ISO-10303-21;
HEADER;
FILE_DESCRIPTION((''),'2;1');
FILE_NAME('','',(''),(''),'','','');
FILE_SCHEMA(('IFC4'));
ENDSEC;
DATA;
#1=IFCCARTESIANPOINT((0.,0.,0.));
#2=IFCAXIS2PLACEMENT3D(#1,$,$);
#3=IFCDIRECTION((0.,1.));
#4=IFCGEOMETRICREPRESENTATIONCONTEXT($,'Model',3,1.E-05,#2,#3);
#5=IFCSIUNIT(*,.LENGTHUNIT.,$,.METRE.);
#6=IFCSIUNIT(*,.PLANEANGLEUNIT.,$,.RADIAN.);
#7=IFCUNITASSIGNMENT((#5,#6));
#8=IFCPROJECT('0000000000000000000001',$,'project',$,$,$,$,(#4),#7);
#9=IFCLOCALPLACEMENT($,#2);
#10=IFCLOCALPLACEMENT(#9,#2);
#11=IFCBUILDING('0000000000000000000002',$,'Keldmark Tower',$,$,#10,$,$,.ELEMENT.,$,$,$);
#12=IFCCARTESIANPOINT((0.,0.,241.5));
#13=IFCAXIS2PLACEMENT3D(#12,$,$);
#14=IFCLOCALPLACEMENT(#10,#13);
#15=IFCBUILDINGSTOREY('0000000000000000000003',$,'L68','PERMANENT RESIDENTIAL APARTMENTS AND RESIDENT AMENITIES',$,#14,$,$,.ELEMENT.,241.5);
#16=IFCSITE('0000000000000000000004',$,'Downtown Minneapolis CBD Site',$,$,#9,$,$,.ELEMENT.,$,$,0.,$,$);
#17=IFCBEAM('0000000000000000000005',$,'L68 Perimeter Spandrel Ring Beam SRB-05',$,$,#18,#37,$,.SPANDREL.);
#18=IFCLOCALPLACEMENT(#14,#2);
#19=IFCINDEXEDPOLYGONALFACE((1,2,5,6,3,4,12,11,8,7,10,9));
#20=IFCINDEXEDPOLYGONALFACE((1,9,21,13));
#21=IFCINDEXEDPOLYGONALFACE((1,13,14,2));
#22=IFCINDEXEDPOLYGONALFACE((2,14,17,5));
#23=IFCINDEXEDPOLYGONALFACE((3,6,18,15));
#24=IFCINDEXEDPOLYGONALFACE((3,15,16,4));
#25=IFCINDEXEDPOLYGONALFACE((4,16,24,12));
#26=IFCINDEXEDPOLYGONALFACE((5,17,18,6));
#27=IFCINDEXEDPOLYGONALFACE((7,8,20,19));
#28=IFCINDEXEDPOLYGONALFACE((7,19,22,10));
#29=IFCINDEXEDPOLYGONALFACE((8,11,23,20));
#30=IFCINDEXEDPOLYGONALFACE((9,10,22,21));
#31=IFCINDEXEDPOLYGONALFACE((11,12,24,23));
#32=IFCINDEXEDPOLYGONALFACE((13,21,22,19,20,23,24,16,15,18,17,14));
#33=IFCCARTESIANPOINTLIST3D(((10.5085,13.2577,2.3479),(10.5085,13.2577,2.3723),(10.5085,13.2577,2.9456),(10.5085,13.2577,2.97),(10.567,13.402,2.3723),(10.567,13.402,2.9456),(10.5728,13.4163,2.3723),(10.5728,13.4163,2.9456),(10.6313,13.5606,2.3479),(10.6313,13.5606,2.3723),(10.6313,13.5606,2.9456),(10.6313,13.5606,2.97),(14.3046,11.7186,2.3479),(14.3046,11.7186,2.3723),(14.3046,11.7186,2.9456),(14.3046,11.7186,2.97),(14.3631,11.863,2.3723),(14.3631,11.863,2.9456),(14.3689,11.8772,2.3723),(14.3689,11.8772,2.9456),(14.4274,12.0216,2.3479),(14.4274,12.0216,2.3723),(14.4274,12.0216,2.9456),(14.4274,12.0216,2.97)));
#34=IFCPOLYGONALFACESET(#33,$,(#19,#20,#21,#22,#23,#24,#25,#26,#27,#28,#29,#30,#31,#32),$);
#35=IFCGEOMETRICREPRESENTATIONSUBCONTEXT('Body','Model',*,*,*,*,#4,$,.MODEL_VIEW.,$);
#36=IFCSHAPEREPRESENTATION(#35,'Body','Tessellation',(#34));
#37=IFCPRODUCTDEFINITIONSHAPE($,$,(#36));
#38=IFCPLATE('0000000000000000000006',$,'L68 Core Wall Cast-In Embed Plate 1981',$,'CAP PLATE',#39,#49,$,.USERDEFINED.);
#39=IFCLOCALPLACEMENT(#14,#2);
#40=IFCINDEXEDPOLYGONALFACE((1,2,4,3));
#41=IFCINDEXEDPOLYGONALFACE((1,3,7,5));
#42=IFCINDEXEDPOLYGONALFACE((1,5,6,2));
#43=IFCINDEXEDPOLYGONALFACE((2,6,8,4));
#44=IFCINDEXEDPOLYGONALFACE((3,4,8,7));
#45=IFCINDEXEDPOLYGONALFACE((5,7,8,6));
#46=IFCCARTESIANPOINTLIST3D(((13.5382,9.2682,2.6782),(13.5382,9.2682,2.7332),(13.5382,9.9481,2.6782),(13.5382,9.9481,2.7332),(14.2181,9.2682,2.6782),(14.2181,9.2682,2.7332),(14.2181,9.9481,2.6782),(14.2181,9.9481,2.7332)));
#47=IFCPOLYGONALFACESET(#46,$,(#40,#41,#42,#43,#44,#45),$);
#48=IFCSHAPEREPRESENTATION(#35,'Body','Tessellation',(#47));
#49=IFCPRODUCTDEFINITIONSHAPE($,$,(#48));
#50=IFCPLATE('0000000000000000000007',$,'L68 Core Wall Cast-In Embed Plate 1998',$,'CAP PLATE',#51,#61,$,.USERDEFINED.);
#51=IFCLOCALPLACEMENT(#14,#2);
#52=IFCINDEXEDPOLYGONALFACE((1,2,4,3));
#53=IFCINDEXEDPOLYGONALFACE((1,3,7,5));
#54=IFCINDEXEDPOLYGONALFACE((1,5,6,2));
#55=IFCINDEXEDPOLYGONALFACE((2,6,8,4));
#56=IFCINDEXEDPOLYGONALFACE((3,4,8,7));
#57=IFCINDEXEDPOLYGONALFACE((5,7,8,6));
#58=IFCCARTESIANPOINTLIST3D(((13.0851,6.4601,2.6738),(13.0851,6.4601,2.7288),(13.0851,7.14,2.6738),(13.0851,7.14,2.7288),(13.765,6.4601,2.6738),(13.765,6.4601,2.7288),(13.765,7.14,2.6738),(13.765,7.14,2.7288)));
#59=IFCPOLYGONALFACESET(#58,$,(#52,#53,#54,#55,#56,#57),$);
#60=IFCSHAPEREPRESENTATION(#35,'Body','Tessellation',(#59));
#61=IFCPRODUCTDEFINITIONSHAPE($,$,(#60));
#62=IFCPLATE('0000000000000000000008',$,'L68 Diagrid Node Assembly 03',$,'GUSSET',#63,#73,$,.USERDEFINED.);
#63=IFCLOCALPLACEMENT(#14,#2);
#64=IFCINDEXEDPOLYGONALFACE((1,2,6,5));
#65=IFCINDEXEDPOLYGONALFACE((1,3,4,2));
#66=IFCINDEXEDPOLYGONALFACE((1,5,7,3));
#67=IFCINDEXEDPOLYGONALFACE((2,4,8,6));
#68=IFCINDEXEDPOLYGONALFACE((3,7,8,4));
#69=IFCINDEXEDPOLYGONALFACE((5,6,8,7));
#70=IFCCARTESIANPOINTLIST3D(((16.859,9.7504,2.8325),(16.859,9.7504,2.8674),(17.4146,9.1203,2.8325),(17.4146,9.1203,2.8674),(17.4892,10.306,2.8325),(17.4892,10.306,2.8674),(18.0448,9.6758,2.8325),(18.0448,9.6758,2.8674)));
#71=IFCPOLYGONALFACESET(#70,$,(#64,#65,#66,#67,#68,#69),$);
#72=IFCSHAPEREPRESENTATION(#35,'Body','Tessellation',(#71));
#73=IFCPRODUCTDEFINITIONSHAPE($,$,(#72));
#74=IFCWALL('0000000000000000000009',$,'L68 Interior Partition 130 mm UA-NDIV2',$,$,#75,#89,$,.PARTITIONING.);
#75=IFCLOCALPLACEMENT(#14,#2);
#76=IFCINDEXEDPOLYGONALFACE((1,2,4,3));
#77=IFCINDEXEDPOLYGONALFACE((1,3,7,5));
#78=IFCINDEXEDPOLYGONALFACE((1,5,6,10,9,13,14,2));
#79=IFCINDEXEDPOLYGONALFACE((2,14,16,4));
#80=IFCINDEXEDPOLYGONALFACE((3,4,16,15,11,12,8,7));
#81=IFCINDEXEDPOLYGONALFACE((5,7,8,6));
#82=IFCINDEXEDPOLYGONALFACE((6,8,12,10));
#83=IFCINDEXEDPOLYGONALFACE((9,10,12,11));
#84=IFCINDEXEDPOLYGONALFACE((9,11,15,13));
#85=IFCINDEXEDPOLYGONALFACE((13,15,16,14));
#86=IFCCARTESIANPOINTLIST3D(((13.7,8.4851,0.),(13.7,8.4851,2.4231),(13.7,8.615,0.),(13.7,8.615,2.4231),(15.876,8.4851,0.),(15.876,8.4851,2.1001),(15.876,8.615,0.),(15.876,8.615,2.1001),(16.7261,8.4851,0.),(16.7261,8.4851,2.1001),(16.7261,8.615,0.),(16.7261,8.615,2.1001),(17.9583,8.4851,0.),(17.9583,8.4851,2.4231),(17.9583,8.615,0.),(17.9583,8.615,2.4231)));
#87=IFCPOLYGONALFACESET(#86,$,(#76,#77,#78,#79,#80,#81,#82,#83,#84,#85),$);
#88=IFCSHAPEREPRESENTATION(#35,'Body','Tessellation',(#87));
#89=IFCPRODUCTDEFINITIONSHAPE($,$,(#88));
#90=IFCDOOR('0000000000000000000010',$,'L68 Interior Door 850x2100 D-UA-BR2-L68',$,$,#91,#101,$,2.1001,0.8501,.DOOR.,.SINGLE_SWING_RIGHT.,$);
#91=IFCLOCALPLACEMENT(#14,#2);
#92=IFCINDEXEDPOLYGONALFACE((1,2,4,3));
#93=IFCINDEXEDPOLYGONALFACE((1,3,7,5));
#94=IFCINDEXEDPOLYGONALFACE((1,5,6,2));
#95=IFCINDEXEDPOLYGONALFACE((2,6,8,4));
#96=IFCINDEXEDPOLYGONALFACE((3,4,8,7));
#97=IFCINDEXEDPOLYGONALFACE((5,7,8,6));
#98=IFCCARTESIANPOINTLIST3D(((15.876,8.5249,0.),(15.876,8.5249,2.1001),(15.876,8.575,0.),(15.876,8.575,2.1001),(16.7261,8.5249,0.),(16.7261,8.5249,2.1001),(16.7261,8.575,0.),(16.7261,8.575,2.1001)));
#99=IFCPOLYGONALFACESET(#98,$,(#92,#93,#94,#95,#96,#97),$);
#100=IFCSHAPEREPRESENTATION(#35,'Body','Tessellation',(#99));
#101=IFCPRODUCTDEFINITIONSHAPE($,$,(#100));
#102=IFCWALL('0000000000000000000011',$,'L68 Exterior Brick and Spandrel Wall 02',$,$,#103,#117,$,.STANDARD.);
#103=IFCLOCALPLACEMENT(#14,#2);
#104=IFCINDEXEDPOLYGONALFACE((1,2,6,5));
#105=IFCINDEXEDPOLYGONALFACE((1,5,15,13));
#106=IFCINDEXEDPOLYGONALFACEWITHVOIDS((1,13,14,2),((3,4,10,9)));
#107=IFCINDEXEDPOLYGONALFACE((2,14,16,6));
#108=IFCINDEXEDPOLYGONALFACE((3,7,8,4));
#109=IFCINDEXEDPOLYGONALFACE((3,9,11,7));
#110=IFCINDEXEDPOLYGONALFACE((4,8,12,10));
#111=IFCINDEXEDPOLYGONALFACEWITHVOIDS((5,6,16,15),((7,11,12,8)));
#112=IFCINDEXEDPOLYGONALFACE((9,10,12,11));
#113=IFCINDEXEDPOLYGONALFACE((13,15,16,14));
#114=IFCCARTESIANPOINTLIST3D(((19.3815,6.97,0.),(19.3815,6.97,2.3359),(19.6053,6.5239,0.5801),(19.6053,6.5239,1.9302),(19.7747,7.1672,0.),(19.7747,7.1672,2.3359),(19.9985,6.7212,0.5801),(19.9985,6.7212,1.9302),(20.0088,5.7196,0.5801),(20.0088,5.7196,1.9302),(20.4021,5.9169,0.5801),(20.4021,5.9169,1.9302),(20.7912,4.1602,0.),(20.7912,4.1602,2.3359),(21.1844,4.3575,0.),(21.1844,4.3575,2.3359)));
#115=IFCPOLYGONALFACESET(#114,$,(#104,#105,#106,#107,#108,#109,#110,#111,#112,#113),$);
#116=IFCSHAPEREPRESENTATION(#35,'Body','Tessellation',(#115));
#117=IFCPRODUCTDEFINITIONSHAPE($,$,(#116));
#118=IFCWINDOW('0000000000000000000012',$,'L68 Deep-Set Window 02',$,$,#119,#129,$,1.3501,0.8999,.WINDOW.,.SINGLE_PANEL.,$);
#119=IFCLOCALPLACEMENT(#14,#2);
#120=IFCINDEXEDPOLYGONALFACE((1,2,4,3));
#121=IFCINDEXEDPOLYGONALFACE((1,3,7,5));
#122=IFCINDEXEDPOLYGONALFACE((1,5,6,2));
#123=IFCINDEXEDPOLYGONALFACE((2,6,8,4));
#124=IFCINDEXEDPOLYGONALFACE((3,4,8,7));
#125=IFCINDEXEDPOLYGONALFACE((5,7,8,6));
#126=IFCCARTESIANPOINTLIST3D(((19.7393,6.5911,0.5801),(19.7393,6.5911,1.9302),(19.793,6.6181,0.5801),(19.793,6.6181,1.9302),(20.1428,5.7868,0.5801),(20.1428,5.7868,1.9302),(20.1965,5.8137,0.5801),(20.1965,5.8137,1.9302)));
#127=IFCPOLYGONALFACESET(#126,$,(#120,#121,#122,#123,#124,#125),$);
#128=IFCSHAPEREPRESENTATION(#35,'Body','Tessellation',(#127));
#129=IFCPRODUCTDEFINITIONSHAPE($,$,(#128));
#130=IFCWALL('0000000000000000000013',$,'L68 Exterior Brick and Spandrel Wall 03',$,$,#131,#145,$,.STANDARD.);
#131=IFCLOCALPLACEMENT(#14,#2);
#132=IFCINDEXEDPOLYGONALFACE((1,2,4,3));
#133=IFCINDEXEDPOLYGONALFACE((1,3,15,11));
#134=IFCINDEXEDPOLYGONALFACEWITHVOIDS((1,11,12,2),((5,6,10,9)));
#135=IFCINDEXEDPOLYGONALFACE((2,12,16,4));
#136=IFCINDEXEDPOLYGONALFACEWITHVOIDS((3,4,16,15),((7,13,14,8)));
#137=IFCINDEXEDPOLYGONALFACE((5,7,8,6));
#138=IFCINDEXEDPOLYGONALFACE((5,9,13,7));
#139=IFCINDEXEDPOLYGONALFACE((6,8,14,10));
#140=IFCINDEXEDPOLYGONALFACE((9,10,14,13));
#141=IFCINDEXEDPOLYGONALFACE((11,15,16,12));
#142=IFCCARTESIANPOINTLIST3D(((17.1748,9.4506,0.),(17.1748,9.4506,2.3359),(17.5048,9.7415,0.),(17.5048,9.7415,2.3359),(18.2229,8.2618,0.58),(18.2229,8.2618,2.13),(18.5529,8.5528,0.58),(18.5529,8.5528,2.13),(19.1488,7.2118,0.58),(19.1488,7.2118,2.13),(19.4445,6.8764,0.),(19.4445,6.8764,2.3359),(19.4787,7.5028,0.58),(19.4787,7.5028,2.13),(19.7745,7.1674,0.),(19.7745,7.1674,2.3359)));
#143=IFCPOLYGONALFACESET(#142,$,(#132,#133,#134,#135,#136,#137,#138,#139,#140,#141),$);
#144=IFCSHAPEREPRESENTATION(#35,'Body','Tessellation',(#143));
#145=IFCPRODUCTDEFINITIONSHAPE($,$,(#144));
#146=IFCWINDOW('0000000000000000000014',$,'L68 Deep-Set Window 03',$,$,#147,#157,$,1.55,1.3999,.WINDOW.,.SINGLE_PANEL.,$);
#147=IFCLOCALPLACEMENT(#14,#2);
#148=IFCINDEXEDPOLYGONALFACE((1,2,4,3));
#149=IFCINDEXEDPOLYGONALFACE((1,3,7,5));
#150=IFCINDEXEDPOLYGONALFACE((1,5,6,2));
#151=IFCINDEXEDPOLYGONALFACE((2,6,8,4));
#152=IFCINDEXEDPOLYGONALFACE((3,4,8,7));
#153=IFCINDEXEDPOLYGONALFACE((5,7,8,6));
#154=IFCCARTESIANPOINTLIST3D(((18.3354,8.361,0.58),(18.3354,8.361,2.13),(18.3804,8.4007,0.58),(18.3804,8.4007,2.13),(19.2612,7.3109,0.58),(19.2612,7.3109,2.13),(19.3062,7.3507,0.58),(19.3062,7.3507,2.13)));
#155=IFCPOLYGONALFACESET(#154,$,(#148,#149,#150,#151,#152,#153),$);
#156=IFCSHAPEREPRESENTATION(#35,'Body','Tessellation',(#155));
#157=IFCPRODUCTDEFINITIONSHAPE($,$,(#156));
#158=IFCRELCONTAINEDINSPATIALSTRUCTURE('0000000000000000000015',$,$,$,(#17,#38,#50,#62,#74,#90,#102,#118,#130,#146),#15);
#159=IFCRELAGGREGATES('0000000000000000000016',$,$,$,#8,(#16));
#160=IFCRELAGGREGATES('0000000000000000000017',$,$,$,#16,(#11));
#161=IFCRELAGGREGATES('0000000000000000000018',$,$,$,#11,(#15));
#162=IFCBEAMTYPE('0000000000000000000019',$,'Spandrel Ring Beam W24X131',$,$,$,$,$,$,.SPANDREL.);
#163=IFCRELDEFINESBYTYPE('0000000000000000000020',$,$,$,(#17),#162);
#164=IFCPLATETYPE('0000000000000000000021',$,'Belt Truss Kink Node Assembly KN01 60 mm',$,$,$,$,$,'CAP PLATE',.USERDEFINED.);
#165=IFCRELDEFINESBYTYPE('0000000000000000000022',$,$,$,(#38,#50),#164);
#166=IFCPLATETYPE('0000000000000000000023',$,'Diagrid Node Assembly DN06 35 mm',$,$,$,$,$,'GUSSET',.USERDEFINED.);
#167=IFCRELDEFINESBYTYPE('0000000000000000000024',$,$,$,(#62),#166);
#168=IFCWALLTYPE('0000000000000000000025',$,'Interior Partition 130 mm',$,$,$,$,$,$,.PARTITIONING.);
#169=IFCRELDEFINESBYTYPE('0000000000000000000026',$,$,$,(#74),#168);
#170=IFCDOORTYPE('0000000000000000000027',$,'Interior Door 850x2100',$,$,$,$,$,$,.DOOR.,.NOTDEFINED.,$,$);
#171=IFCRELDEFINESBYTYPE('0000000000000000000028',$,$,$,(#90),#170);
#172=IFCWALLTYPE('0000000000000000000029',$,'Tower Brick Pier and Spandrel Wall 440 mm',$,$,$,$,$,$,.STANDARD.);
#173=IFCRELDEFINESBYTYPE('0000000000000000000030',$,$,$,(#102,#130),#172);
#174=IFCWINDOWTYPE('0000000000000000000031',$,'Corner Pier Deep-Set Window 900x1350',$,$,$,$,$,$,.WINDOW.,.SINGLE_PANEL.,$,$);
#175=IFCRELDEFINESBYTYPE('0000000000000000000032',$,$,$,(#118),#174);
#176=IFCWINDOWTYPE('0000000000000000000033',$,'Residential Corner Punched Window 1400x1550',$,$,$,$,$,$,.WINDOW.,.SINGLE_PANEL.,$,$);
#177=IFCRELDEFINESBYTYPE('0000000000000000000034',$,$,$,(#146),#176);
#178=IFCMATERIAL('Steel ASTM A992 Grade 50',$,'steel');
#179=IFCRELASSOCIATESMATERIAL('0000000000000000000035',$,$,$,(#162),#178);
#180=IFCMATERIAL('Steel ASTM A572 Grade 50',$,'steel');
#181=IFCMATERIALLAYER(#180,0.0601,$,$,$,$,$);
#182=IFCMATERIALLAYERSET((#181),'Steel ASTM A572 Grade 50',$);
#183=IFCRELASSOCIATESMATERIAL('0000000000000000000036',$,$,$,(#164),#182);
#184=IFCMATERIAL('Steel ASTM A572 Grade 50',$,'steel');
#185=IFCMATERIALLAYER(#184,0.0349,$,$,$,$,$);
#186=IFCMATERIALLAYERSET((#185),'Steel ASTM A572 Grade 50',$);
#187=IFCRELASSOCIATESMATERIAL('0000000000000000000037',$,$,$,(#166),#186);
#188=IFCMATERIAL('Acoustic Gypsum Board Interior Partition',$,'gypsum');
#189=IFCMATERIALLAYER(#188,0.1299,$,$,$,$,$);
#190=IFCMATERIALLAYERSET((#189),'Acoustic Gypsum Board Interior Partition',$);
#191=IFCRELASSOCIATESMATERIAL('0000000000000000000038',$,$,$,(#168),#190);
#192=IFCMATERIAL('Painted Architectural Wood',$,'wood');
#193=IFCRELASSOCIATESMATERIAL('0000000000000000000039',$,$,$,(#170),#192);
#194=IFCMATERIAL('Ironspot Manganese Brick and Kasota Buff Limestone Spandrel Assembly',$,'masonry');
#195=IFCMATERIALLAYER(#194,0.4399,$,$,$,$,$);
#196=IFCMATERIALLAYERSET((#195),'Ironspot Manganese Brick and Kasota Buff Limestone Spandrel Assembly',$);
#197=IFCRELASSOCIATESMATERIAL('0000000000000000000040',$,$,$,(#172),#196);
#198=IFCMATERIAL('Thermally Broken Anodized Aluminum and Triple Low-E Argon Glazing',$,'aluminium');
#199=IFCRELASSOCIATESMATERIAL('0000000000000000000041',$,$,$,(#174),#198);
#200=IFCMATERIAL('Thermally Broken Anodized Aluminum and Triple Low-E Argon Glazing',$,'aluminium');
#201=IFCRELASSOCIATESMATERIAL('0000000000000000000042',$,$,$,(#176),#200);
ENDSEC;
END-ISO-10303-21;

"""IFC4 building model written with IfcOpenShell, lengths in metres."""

from ifc_helpers import new_model, si_unit, direction, frame, frame_2d, origin, origin_2d, place, context, subcontext, project, spatial, rectangle, i_section, extrude, material, layer, layer_set, material_profile, profile_set, type_object, element, fill, save


model = new_model("IFC4")

# Units and contexts
model_context = context("Model", 3, precision=1e-05, world=origin(), true_north=direction((0.0, 1.0)))
body_context = subcontext(model_context, "Body", "Model", "MODEL_VIEW")
ifc_project = project(units=[si_unit("LENGTHUNIT", "METRE"), si_unit("PLANEANGLEUNIT", "RADIAN")], contexts=[model_context])

# Site, building, storey
site_placement = place(None, origin())
site = spatial("IfcSite", under=ifc_project, at=site_placement, Name="Downtown Minneapolis CBD Site", CompositionType="ELEMENT", RefElevation=0.0)
building_placement = place(site_placement, origin())
building = spatial("IfcBuilding", under=site, at=building_placement, Name="Keldmark Tower", CompositionType="ELEMENT")
storey_placement = place(building_placement, frame((0.0, 0.0, 241.5)))
storey = spatial("IfcBuildingStorey", under=building, at=storey_placement, Name="L68", Description="PERMANENT RESIDENTIAL APARTMENTS AND RESIDENT AMENITIES", CompositionType="ELEMENT", Elevation=241.5)

# Beam
ifc_material_1 = material(Name="Steel ASTM A992 Grade 50", Category="steel")
ifc_material_profile_1 = material_profile(ifc_material_1, i_section(OverallWidth=0.3269, OverallDepth=0.6221, WebThickness=0.0154, FlangeThickness=0.0244, at=origin_2d()), Name="W24X131")
ifc_profile_set_1 = profile_set([ifc_material_profile_1], Name="Steel ASTM A992 Grade 50")
beam_type_1 = type_object("IfcBeamType", Name="Spandrel Ring Beam W24X131", PredefinedType="SPANDREL", material=ifc_profile_set_1)
beam_1_placement = place(storey_placement, frame((14.366, 11.8701, 2.6589), z_axis=(-0.926732, 0.375723, 0.0), x_axis=(-0.375723, -0.926732, 0.0)))
element("IfcBeam", 1, at=beam_1_placement, inside=storey, type_object=beam_type_1, Name="L68 Perimeter Spandrel Ring Beam SRB-05", PredefinedType="SPANDREL", context=body_context, shape_type="SweptSolid", body=[
    extrude(i_section(OverallWidth=0.3269, OverallDepth=0.6221, WebThickness=0.0154, FlangeThickness=0.0244, at=origin_2d()), origin(), (0.0, 0.0, 1.0), 4.0962),
])

# Plates
ifc_material_2 = material(Name="Steel ASTM A572 Grade 50", Category="steel")
ifc_layer_1 = layer(ifc_material_2, 0.0601)
ifc_layer_set_1 = layer_set([ifc_layer_1], Name="Steel ASTM A572 Grade 50")
plate_type_1 = type_object("IfcPlateType", Name="Belt Truss Kink Node Assembly KN01 60 mm", ElementType="CAP PLATE", PredefinedType="USERDEFINED", material=ifc_layer_set_1)
for number, where, z_axis, x_axis, name in (
    (2, (13.8782, 9.6082, 2.6782), (0.0, 0.0, 1.0), (1.0, 0.0, 0.0), "L68 Core Wall Cast-In Embed Plate 1981"),
    (3, (13.425, 6.8, 2.6738), (0.0, 0.0, 1.0), (1.0, 0.0, 0.0), "L68 Core Wall Cast-In Embed Plate 1998"),
):
    element("IfcPlate", number, at=place(storey_placement, frame(where, z_axis=z_axis, x_axis=x_axis)), inside=storey, type_object=plate_type_1, Name=name, ObjectType="CAP PLATE", PredefinedType="USERDEFINED", context=body_context, shape_type="SweptSolid", body=[
        extrude(rectangle(XDim=0.6799, YDim=0.6799, at=origin_2d()), origin(), (0.0, 0.0, 1.0), 0.0549),
    ])
ifc_material_3 = material(Name="Steel ASTM A572 Grade 50", Category="steel")
ifc_layer_2 = layer(ifc_material_3, 0.0349)
ifc_layer_set_2 = layer_set([ifc_layer_2], Name="Steel ASTM A572 Grade 50")
plate_type_2 = type_object("IfcPlateType", Name="Diagrid Node Assembly DN06 35 mm", ElementType="GUSSET", PredefinedType="USERDEFINED", material=ifc_layer_set_2)
plate_placement = place(storey_placement, frame((17.4519, 9.7131, 2.8325), z_axis=(0.0, 0.0, 1.0), x_axis=(-0.661312, 0.750111, 0.0)))
element("IfcPlate", 4, at=plate_placement, inside=storey, type_object=plate_type_2, Name="L68 Diagrid Node Assembly 03", ObjectType="GUSSET", PredefinedType="USERDEFINED", context=body_context, shape_type="SweptSolid", body=[
    extrude(rectangle(XDim=0.8401, YDim=0.8401, at=origin_2d()), origin(), (0.0, 0.0, 1.0), 0.0349),
])

# Wall, opening, door
ifc_material_4 = material(Name="Acoustic Gypsum Board Interior Partition", Category="gypsum")
ifc_layer_3 = layer(ifc_material_4, 0.1299)
ifc_layer_set_3 = layer_set([ifc_layer_3], Name="Acoustic Gypsum Board Interior Partition")
wall_type_1 = type_object("IfcWallType", Name="Interior Partition 130 mm", PredefinedType="PARTITIONING", material=ifc_layer_set_3)
wall_1_placement = place(storey_placement, frame((13.7, 8.55, 0.0), z_axis=(0.0, 0.0, 1.0), x_axis=(1.0, 0.0, 0.0)))
wall_1 = element("IfcWall", 5, at=wall_1_placement, inside=storey, type_object=wall_type_1, Name="L68 Interior Partition 130 mm UA-NDIV2", PredefinedType="PARTITIONING", context=body_context, shape_type="SweptSolid", body=[
    extrude(rectangle(XDim=4.2583, YDim=0.1299, at=frame_2d((2.1292, 0.0))), origin(), (0.0, 0.0, 1.0), 2.4231),
])
opening_1_placement = place(wall_1_placement, frame((2.176, 0.0, 0.0)))
opening_1 = element("IfcOpeningElement", 6, at=opening_1_placement, cuts=wall_1, PredefinedType="OPENING", context=body_context, shape_type="SweptSolid", body=[
    extrude(rectangle(XDim=0.8501, YDim=2.1001, at=frame_2d((0.425, 1.05))), frame((0.0, 0.075, 0.0), z_axis=(0.0, -1.0, 0.0), x_axis=(1.0, 0.0, 0.0)), (0.0, 0.0, 1.0), 0.1499),
])
ifc_material_5 = material(Name="Painted Architectural Wood", Category="wood")
door_type = type_object("IfcDoorType", Name="Interior Door 850x2100", OperationType="NOTDEFINED", PredefinedType="DOOR", material=ifc_material_5)
door_placement = place(opening_1_placement, origin())
door = element("IfcDoor", 7, at=door_placement, inside=storey, type_object=door_type, Name="L68 Interior Door 850x2100 D-UA-BR2-L68", OperationType="SINGLE_SWING_RIGHT", OverallHeight=2.1001, OverallWidth=0.8501, PredefinedType="DOOR", context=body_context, shape_type="SweptSolid", body=[
    extrude(rectangle(XDim=0.8501, YDim=2.1001, at=frame_2d((0.425, 1.05))), frame((0.0, 0.0249, 0.0), z_axis=(0.0, -1.0, 0.0), x_axis=(1.0, 0.0, 0.0)), (0.0, 0.0, 1.0), 0.05),
])
fill(opening_1, door)

# Walls, openings, windows
ifc_material_6 = material(Name="Ironspot Manganese Brick and Kasota Buff Limestone Spandrel Assembly", Category="masonry")
ifc_layer_4 = layer(ifc_material_6, 0.4399)
ifc_layer_set_4 = layer_set([ifc_layer_4], Name="Ironspot Manganese Brick and Kasota Buff Limestone Spandrel Assembly")
wall_type_2 = type_object("IfcWallType", Name="Tower Brick Pier and Spandrel Wall 440 mm", PredefinedType="STANDARD", material=ifc_layer_set_4)
wall_2_placement = place(storey_placement, frame((19.5781, 7.0686, 0.0), z_axis=(0.0, 0.0, 1.0), x_axis=(0.448425, -0.893821, 0.0)))
wall_2 = element("IfcWall", 8, at=wall_2_placement, inside=storey, type_object=wall_type_2, Name="L68 Exterior Brick and Spandrel Wall 02", PredefinedType="STANDARD", context=body_context, shape_type="SweptSolid", body=[
    extrude(rectangle(XDim=3.1436, YDim=0.4399, at=frame_2d((1.5718, 0.0))), origin(), (0.0, 0.0, 1.0), 2.3359),
])
opening_2_placement = place(wall_2_placement, frame((0.499, 0.0, 0.5801)))
opening_2 = element("IfcOpeningElement", 9, at=opening_2_placement, cuts=wall_2, PredefinedType="OPENING", context=body_context, shape_type="SweptSolid", body=[
    extrude(rectangle(XDim=0.8999, YDim=1.3501, at=frame_2d((0.45, 0.675))), frame((0.0, 0.23, 0.0), z_axis=(0.0, -1.0, 0.0), x_axis=(1.0, 0.0, 0.0)), (0.0, 0.0, 1.0), 0.46),
])
ifc_material_7 = material(Name="Thermally Broken Anodized Aluminum and Triple Low-E Argon Glazing", Category="aluminium")
window_type_1 = type_object("IfcWindowType", Name="Corner Pier Deep-Set Window 900x1350", PartitioningType="SINGLE_PANEL", PredefinedType="WINDOW", material=ifc_material_7)
window_1_placement = place(opening_2_placement, origin())
window_1 = element("IfcWindow", 10, at=window_1_placement, inside=storey, type_object=window_type_1, Name="L68 Deep-Set Window 02", OverallHeight=1.3501, OverallWidth=0.8999, PartitioningType="SINGLE_PANEL", PredefinedType="WINDOW", context=body_context, shape_type="SweptSolid", body=[
    extrude(rectangle(XDim=0.8999, YDim=1.3501, at=frame_2d((0.45, 0.675))), frame((0.0, -0.01, 0.0), z_axis=(0.0, -1.0, 0.0), x_axis=(1.0, 0.0, 0.0)), (0.0, 0.0, 1.0), 0.0601),
])
fill(opening_2, window_1)
wall_3_placement = place(storey_placement, frame((17.3398, 9.5959, 0.0), z_axis=(0.0, 0.0, 1.0), x_axis=(0.66136, -0.750068, 0.0)))
wall_3 = element("IfcWall", 11, at=wall_3_placement, inside=storey, type_object=wall_type_2, Name="L68 Exterior Brick and Spandrel Wall 03", PredefinedType="STANDARD", context=body_context, shape_type="SweptSolid", body=[
    extrude(rectangle(XDim=3.4319, YDim=0.4399, at=frame_2d((1.7158, 0.0))), origin(), (0.0, 0.0, 1.0), 2.3359),
])
opening_3_placement = place(wall_3_placement, frame((1.5847, 0.0, 0.5801)))
opening_3 = element("IfcOpeningElement", 12, at=opening_3_placement, cuts=wall_3, PredefinedType="OPENING", context=body_context, shape_type="SweptSolid", body=[
    extrude(rectangle(XDim=1.3999, YDim=1.55, at=frame_2d((0.7, 0.7749))), frame((0.0, 0.23, 0.0), z_axis=(0.0, -1.0, 0.0), x_axis=(1.0, 0.0, 0.0)), (0.0, 0.0, 1.0), 0.46),
])
ifc_material_8 = material(Name="Thermally Broken Anodized Aluminum and Triple Low-E Argon Glazing", Category="aluminium")
window_type_2 = type_object("IfcWindowType", Name="Residential Corner Punched Window 1400x1550", PartitioningType="SINGLE_PANEL", PredefinedType="WINDOW", material=ifc_material_8)
window_2_placement = place(opening_3_placement, origin())
window_2 = element("IfcWindow", 13, at=window_2_placement, inside=storey, type_object=window_type_2, Name="L68 Deep-Set Window 03", OverallHeight=1.55, OverallWidth=1.3999, PartitioningType="SINGLE_PANEL", PredefinedType="WINDOW", context=body_context, shape_type="SweptSolid", body=[
    extrude(rectangle(XDim=1.3999, YDim=1.55, at=frame_2d((0.7, 0.7749))), frame((0.0, -0.01, 0.0), z_axis=(0.0, -1.0, 0.0), x_axis=(1.0, 0.0, 0.0)), (0.0, 0.0, 1.0), 0.0601),
])
fill(opening_3, window_2)

save(model, "model.ifc")
